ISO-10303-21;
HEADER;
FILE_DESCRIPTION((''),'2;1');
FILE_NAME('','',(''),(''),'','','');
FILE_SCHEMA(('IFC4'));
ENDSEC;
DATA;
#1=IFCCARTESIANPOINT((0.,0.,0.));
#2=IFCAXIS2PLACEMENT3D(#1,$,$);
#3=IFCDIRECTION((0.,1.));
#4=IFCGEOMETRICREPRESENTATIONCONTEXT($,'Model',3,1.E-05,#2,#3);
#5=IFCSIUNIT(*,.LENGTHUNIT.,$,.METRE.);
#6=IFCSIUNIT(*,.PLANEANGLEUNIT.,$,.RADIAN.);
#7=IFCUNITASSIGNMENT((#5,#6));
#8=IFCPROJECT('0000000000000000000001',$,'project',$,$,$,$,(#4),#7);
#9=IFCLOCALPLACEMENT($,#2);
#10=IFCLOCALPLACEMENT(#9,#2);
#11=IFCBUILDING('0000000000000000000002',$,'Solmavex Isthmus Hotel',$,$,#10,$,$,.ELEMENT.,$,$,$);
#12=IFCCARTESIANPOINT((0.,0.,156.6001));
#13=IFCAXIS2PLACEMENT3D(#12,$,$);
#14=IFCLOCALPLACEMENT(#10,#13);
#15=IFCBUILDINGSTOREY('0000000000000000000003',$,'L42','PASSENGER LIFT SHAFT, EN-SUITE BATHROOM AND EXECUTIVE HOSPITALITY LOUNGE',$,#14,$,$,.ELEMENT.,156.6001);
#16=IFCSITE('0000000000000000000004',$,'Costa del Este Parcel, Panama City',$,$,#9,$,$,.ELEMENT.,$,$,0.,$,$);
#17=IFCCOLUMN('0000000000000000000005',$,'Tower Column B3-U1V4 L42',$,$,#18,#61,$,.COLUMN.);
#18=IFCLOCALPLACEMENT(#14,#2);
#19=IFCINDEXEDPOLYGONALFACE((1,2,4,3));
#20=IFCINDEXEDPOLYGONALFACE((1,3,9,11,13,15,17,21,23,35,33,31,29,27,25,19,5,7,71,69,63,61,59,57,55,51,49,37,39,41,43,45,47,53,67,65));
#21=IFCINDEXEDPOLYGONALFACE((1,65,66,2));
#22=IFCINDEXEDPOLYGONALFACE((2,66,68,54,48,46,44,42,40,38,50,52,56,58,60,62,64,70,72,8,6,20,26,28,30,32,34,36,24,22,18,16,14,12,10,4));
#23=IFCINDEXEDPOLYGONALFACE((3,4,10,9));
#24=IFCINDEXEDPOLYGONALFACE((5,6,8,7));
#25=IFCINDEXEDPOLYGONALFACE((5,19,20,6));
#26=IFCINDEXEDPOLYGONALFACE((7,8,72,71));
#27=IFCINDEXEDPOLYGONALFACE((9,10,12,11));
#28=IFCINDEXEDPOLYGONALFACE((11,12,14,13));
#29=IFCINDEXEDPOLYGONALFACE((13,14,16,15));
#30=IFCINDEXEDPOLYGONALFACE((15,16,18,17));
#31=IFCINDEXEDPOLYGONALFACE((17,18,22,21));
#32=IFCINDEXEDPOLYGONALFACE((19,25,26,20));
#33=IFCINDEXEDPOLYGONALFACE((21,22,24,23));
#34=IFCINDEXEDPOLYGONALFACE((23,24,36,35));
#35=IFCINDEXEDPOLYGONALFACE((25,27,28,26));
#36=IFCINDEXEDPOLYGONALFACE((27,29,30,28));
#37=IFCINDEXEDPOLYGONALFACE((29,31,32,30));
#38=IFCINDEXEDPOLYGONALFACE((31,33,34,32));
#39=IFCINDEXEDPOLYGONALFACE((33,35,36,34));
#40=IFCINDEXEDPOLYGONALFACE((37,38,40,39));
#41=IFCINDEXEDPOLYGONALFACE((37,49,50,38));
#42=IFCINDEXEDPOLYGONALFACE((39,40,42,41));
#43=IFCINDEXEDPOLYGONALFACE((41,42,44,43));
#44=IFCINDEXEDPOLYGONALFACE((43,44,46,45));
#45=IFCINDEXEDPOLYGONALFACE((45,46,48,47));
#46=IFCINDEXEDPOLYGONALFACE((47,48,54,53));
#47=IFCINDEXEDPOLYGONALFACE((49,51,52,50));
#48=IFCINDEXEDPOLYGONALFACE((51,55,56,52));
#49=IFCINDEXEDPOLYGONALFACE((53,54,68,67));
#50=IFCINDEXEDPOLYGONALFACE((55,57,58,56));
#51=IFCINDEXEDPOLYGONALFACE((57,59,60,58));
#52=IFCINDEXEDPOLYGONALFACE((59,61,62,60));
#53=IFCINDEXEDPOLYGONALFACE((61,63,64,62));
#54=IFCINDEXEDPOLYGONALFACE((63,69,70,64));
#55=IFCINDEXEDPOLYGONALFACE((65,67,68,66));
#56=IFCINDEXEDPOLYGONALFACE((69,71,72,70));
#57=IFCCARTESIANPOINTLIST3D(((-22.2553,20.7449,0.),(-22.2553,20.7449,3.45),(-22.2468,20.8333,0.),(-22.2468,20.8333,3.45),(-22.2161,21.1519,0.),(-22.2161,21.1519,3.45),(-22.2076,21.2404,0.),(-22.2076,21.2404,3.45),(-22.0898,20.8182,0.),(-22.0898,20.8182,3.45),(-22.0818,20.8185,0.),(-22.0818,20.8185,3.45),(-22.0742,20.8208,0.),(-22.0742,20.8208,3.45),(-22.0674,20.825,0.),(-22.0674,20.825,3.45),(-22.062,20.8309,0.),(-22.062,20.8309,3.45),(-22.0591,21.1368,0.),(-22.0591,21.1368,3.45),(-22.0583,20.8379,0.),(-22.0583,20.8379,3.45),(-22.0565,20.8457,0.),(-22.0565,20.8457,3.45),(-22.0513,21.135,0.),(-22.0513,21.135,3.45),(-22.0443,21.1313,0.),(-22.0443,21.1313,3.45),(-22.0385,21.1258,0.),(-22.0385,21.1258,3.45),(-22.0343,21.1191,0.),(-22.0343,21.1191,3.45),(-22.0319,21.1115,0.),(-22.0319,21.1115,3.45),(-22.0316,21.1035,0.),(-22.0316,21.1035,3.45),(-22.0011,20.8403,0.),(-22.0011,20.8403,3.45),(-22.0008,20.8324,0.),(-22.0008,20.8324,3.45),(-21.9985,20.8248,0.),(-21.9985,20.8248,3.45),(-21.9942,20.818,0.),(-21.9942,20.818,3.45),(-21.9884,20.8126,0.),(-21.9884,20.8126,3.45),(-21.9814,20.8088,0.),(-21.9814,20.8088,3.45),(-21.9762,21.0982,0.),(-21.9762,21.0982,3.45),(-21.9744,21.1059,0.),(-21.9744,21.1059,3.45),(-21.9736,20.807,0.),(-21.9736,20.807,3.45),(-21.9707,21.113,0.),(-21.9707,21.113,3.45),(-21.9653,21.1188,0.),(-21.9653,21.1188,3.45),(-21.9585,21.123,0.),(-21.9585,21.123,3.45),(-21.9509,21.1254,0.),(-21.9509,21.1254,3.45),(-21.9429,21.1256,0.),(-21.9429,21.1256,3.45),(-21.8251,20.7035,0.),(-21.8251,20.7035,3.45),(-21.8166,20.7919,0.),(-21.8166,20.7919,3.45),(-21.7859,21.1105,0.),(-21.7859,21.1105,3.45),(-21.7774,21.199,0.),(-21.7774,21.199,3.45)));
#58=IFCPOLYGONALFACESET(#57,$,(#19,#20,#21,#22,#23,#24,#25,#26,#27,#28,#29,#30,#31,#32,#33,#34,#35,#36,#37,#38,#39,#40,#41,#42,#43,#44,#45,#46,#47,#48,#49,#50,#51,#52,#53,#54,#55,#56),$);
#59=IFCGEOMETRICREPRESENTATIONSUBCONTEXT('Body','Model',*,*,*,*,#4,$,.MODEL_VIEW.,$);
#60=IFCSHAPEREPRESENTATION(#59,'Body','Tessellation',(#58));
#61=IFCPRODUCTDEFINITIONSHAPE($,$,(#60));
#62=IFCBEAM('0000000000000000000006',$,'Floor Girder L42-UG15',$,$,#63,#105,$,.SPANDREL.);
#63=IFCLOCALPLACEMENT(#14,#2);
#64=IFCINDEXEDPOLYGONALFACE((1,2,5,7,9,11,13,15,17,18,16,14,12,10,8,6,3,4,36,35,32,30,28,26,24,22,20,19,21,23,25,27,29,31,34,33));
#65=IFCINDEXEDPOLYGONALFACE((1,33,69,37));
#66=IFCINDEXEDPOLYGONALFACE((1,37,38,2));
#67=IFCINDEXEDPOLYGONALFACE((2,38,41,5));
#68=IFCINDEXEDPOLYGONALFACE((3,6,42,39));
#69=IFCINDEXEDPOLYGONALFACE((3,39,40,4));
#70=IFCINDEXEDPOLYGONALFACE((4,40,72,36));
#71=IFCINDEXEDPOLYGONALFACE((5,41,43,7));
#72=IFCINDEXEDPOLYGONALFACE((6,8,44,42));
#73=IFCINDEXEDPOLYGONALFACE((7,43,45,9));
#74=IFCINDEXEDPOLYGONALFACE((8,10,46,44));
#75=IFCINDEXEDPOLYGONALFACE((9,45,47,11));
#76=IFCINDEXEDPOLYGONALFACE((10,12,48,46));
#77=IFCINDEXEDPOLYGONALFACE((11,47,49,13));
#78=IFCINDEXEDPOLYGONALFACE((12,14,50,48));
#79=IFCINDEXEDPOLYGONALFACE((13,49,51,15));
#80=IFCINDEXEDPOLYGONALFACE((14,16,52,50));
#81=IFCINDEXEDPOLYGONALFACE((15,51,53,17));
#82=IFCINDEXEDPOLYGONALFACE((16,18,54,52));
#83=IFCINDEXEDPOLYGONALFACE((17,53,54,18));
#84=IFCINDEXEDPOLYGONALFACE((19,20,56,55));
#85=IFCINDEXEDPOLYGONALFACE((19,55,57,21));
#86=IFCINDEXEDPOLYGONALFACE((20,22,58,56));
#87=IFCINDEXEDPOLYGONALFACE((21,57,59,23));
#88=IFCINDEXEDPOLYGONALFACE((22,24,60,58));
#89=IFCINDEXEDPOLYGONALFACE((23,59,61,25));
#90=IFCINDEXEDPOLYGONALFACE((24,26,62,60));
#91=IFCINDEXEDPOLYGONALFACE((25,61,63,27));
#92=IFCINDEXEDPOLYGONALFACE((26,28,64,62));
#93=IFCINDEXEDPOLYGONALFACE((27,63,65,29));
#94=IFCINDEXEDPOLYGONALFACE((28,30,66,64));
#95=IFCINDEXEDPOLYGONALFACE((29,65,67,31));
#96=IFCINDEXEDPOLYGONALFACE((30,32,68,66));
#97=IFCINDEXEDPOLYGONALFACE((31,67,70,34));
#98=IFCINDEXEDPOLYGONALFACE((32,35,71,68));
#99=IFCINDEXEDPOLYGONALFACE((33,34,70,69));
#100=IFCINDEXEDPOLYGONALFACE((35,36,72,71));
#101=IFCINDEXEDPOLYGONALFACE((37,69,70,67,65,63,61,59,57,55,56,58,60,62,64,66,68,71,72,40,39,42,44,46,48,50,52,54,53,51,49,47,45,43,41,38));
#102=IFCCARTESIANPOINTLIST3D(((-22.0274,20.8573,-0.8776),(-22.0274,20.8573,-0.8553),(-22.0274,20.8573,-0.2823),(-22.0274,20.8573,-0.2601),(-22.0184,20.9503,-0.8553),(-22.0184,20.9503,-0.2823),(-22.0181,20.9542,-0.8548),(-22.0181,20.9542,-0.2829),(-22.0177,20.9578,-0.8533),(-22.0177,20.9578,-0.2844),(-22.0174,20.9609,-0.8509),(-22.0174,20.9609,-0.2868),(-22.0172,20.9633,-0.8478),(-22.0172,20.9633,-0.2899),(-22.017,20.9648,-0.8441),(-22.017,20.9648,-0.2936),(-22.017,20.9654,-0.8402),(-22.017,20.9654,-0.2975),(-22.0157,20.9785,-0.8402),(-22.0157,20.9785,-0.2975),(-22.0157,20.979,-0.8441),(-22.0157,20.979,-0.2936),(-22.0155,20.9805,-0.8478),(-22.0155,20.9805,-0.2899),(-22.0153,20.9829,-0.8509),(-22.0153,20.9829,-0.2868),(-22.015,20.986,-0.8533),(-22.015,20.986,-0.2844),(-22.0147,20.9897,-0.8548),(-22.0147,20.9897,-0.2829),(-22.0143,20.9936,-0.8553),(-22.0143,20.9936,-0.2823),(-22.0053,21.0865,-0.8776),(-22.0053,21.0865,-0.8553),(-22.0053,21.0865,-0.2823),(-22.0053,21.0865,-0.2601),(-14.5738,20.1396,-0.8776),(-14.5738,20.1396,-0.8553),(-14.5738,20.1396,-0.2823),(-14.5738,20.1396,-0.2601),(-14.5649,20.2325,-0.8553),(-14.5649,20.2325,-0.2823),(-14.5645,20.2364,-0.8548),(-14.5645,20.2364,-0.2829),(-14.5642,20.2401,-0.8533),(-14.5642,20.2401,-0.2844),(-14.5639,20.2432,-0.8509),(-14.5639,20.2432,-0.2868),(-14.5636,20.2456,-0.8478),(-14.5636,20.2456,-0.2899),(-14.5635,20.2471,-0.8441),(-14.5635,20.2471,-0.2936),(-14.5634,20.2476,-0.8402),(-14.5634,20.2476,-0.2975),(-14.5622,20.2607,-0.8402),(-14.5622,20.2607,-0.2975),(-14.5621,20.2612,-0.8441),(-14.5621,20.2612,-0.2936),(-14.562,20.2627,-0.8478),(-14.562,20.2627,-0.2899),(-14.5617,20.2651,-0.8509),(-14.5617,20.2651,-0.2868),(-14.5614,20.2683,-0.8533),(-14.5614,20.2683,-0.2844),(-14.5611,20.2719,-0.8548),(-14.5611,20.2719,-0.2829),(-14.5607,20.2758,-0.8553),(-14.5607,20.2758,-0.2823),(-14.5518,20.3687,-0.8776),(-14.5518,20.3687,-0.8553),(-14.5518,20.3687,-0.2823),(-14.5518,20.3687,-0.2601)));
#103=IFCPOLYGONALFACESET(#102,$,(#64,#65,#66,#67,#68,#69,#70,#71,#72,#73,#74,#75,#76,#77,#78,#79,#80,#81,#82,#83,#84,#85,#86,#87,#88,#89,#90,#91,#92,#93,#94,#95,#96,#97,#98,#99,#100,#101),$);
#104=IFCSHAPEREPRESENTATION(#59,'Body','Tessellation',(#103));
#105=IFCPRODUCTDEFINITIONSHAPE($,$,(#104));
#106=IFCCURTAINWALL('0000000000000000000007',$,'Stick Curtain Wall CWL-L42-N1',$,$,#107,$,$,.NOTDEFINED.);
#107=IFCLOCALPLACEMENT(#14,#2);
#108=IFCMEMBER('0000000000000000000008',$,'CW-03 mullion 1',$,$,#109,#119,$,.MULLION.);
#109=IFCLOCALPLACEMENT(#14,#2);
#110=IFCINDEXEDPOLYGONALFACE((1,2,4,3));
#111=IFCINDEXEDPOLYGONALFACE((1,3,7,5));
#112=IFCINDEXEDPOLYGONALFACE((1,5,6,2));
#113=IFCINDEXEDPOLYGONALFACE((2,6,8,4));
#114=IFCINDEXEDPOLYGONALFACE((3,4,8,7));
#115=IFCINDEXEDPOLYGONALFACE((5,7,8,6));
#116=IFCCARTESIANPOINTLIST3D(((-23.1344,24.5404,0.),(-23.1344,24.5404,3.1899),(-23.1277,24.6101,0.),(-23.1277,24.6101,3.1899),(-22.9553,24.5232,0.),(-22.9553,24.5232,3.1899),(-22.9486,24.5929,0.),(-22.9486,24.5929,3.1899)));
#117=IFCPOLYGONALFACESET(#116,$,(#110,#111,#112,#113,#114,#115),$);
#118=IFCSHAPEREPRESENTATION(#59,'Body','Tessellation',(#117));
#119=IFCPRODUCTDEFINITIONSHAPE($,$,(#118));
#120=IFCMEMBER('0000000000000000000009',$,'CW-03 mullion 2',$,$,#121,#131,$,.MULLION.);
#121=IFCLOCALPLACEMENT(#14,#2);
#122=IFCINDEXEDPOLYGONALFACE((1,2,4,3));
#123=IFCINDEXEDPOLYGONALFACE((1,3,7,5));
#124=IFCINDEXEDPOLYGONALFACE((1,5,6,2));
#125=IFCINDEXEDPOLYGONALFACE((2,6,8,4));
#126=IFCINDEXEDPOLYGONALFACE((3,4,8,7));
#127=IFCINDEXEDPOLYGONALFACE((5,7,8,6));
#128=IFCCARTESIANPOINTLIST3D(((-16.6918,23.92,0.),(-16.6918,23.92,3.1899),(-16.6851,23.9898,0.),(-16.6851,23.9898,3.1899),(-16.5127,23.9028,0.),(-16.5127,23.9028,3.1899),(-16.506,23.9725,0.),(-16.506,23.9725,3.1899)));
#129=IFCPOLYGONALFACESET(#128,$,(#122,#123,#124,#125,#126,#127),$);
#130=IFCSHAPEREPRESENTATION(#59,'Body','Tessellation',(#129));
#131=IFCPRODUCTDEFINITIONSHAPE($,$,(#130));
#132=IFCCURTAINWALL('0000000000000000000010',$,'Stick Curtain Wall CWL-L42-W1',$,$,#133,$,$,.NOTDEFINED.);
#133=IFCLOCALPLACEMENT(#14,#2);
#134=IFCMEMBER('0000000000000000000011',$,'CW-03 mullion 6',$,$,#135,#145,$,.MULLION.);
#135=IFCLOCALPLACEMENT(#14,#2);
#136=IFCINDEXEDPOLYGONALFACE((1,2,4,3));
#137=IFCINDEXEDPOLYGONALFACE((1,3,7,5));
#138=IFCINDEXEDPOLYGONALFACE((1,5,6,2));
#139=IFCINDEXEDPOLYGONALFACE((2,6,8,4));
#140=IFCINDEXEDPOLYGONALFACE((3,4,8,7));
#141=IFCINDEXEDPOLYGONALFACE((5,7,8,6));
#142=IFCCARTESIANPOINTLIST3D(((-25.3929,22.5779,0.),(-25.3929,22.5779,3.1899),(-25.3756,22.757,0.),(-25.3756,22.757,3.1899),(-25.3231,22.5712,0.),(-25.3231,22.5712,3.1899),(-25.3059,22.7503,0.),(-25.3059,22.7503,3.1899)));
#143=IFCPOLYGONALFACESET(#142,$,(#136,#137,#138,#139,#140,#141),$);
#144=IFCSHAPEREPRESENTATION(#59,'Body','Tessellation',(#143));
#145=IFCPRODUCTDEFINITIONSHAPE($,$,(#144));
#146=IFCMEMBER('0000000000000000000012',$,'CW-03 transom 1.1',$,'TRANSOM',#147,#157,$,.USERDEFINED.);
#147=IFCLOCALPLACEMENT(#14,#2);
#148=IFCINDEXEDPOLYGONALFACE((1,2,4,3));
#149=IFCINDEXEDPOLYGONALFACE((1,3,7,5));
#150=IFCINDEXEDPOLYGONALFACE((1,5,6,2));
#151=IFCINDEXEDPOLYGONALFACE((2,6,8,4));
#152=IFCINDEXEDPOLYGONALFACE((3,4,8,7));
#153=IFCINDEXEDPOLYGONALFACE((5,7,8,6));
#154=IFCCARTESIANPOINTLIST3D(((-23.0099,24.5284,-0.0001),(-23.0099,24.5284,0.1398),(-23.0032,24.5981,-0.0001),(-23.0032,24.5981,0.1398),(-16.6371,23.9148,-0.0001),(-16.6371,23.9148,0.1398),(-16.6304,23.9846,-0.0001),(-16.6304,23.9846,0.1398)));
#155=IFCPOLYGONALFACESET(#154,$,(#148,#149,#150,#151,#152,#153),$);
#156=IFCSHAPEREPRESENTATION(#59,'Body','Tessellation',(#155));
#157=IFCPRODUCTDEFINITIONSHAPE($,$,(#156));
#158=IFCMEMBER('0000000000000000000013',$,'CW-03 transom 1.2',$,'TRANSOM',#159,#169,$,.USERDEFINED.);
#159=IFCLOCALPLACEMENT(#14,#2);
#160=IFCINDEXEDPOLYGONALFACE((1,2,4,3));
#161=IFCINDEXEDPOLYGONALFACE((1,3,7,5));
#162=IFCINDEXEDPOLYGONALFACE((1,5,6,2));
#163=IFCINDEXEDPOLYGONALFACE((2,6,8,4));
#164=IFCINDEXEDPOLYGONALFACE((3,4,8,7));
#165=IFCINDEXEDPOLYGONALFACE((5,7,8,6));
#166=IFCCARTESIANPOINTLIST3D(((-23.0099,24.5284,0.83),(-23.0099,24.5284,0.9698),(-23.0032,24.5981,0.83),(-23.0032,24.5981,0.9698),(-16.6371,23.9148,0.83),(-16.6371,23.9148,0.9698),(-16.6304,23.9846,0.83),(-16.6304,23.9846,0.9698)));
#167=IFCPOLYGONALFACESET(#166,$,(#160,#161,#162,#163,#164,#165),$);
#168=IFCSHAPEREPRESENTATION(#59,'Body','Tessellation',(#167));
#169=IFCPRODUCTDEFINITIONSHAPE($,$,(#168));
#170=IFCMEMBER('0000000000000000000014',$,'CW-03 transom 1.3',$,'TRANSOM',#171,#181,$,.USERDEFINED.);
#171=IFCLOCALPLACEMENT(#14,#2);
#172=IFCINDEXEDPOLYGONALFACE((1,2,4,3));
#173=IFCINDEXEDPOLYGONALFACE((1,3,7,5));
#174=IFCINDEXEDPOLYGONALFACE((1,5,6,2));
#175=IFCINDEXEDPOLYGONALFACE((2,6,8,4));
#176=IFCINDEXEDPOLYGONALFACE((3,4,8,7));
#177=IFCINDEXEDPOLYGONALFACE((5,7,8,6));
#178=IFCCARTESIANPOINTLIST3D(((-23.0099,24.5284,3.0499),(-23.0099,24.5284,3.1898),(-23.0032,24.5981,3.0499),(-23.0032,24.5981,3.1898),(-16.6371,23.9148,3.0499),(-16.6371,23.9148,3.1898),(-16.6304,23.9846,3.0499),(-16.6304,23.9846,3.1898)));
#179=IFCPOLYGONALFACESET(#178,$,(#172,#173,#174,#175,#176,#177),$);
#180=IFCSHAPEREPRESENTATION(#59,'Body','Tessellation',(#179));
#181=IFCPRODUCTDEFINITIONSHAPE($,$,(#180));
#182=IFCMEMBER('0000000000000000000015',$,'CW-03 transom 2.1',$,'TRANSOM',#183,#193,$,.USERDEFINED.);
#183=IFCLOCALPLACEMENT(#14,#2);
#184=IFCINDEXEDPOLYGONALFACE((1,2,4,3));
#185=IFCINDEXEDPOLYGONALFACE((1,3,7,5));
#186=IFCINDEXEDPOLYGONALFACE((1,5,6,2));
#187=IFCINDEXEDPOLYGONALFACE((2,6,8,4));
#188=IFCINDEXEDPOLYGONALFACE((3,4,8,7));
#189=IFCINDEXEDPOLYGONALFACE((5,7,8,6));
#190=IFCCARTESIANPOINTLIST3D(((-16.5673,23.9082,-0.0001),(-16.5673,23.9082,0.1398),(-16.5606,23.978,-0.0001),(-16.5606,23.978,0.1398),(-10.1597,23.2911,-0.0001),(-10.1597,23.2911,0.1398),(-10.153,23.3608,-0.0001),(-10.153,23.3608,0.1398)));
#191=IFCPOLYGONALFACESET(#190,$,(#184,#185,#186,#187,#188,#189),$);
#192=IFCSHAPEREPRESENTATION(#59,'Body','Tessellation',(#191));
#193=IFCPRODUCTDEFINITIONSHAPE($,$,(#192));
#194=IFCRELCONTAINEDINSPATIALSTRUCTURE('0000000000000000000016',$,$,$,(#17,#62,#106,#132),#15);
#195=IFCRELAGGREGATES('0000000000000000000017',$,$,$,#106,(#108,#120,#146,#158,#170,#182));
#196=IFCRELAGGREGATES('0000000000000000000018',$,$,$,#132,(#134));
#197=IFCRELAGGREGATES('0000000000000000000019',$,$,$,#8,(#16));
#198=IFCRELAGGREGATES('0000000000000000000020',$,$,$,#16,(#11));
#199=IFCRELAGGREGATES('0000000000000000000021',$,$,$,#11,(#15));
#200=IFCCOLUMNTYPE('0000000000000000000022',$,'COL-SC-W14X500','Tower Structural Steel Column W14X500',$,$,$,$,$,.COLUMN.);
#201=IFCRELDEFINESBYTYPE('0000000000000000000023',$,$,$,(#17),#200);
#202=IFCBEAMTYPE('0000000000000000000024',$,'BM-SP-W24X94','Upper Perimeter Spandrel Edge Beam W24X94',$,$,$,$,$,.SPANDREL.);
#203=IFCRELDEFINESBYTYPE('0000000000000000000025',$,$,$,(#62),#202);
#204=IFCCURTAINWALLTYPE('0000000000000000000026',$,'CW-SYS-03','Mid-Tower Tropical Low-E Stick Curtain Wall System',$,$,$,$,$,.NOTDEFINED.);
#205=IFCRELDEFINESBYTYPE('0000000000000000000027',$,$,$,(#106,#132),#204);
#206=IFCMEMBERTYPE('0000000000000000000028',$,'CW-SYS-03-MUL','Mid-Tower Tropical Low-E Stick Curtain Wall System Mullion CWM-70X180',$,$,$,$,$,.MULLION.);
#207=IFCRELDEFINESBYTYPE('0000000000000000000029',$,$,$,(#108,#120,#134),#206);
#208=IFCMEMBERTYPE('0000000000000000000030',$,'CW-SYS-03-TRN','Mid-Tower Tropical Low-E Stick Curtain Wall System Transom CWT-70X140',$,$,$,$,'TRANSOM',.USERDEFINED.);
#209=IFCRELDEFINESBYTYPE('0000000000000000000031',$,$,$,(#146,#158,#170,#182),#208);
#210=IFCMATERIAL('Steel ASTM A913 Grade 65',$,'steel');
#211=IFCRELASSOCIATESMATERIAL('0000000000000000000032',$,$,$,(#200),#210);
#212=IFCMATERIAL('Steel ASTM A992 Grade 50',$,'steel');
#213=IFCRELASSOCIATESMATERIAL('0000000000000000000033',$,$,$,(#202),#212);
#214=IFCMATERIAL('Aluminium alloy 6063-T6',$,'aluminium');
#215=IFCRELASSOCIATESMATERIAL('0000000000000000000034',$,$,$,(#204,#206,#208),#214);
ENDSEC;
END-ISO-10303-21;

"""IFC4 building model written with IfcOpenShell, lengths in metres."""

from ifc_helpers import new_model, si_unit, direction, frame, origin, origin_2d, place, context, subcontext, project, spatial, rectangle, i_section, extrude, material, material_profile, profile_set, type_object, element, aggregate, save


model = new_model("IFC4")

# Units and contexts
model_context = context("Model", 3, precision=1e-05, world=origin(), true_north=direction((0.0, 1.0)))
body_context = subcontext(model_context, "Body", "Model", "MODEL_VIEW")
ifc_project = project(units=[si_unit("LENGTHUNIT", "METRE"), si_unit("PLANEANGLEUNIT", "RADIAN")], contexts=[model_context])

# Site, building, storey
site_placement = place(None, origin())
site = spatial("IfcSite", under=ifc_project, at=site_placement, Name="Costa del Este Parcel, Panama City", CompositionType="ELEMENT", RefElevation=0.0)
building_placement = place(site_placement, origin())
building = spatial("IfcBuilding", under=site, at=building_placement, Name="Solmavex Isthmus Hotel", CompositionType="ELEMENT")
storey_placement = place(building_placement, frame((0.0, 0.0, 156.6001)))
storey = spatial("IfcBuildingStorey", under=building, at=storey_placement, Name="L42", Description="PASSENGER LIFT SHAFT, EN-SUITE BATHROOM AND EXECUTIVE HOSPITALITY LOUNGE", CompositionType="ELEMENT", Elevation=156.6001)

# Column
ifc_material_1 = material(Name="Steel ASTM A913 Grade 65", Category="steel")
ifc_material_profile_1 = material_profile(ifc_material_1, i_section(OverallWidth=0.4321, OverallDepth=0.4978, WebThickness=0.0557, FlangeThickness=0.0889, FilletRadius=0.0305, at=origin_2d()), Name="W14X500")
ifc_profile_set_1 = profile_set([ifc_material_profile_1], Name="Steel ASTM A913 Grade 65")
column_type = type_object("IfcColumnType", Name="COL-SC-W14X500", Description="Tower Structural Steel Column W14X500", PredefinedType="COLUMN", material=ifc_profile_set_1)
column_placement = place(storey_placement, frame((-22.0164, 20.9719, 0.0), z_axis=(0.0, 0.0, 1.0), x_axis=(0.995396, -0.095846, 0.0)))
element("IfcColumn", 1, at=column_placement, inside=storey, type_object=column_type, Name="Tower Column B3-U1V4 L42", PredefinedType="COLUMN", context=body_context, shape_type="SweptSolid", body=[
    extrude(i_section(OverallWidth=0.4321, OverallDepth=0.4978, WebThickness=0.0557, FlangeThickness=0.0889, FilletRadius=0.0305, at=origin_2d()), origin(), (0.0, 0.0, 1.0), 3.45),
])

# Beam
ifc_material_2 = material(Name="Steel ASTM A992 Grade 50", Category="steel")
ifc_material_profile_2 = material_profile(ifc_material_2, i_section(OverallWidth=0.2302, OverallDepth=0.6174, WebThickness=0.0132, FlangeThickness=0.0222, FilletRadius=0.0151, at=origin_2d()), Name="W24X94")
ifc_profile_set_2 = profile_set([ifc_material_profile_2], Name="Steel ASTM A992 Grade 50")
beam_type = type_object("IfcBeamType", Name="BM-SP-W24X94", Description="Upper Perimeter Spandrel Edge Beam W24X94", PredefinedType="SPANDREL", material=ifc_profile_set_2)
beam_placement = place(storey_placement, frame((-22.0164, 20.9719, -0.5688), z_axis=(0.995395, -0.095855, 0.0), x_axis=(0.095855, 0.995395, 0.0)))
element("IfcBeam", 2, at=beam_placement, inside=storey, type_object=beam_type, Name="Floor Girder L42-UG15", PredefinedType="SPANDREL", context=body_context, shape_type="SweptSolid", body=[
    extrude(i_section(OverallWidth=0.2302, OverallDepth=0.6174, WebThickness=0.0132, FlangeThickness=0.0222, FilletRadius=0.0151, at=origin_2d()), origin(), (0.0, 0.0, 1.0), 7.488),
])

# Curtain wall, members
ifc_material_3 = material(Name="Aluminium alloy 6063-T6", Category="aluminium")
curtain_wall_type = type_object("IfcCurtainWallType", Name="CW-SYS-03", Description="Mid-Tower Tropical Low-E Stick Curtain Wall System", PredefinedType="NOTDEFINED", material=ifc_material_3)
curtain_wall_1_placement = place(storey_placement, origin())
curtain_wall_1 = element("IfcCurtainWall", 3, at=curtain_wall_1_placement, inside=storey, type_object=curtain_wall_type, Name="Stick Curtain Wall CWL-L42-N1", PredefinedType="NOTDEFINED")
ifc_material_profile_3 = material_profile(ifc_material_3, rectangle(XDim=0.0701, YDim=0.1799, at=origin_2d()), Name="CWM-70X180")
ifc_profile_set_3 = profile_set([ifc_material_profile_3], Name="Aluminium alloy 6063-T6")
member_type_1 = type_object("IfcMemberType", Name="CW-SYS-03-MUL", Description="Mid-Tower Tropical Low-E Stick Curtain Wall System Mullion CWM-70X180", PredefinedType="MULLION", material=ifc_profile_set_3)
member_1_placement = place(storey_placement, frame((-23.0415, 24.5667, 0.0), z_axis=(0.0, 0.0, 1.0), x_axis=(0.095846, 0.995396, 0.0)))
member_1 = element("IfcMember", 4, at=member_1_placement, type_object=member_type_1, Name="CW-03 mullion 1", PredefinedType="MULLION", context=body_context, shape_type="SweptSolid", body=[
    extrude(rectangle(XDim=0.0701, YDim=0.1799, at=origin_2d()), origin(), (0.0, 0.0, 1.0), 3.1899),
])
member_2_placement = place(storey_placement, frame((-16.5989, 23.9463, 0.0), z_axis=(0.0, 0.0, 1.0), x_axis=(0.095846, 0.995396, 0.0)))
member_2 = element("IfcMember", 5, at=member_2_placement, type_object=member_type_1, Name="CW-03 mullion 2", PredefinedType="MULLION", context=body_context, shape_type="SweptSolid", body=[
    extrude(rectangle(XDim=0.0701, YDim=0.1799, at=origin_2d()), origin(), (0.0, 0.0, 1.0), 3.1899),
])

# Curtain wall, member
curtain_wall_2_placement = place(storey_placement, origin())
curtain_wall_2 = element("IfcCurtainWall", 6, at=curtain_wall_2_placement, inside=storey, type_object=curtain_wall_type, Name="Stick Curtain Wall CWL-L42-W1", PredefinedType="NOTDEFINED")
member_3_placement = place(storey_placement, frame((-25.3494, 22.6641, 0.0), z_axis=(0.0, 0.0, 1.0), x_axis=(-0.995396, 0.095846, 0.0)))
member_3 = element("IfcMember", 7, at=member_3_placement, type_object=member_type_1, Name="CW-03 mullion 6", PredefinedType="MULLION", context=body_context, shape_type="SweptSolid", body=[
    extrude(rectangle(XDim=0.0701, YDim=0.1799, at=origin_2d()), origin(), (0.0, 0.0, 1.0), 3.1899),
])

# Members
ifc_material_profile_4 = material_profile(ifc_material_3, rectangle(XDim=0.0701, YDim=0.1399, at=origin_2d()), Name="CWT-70X140")
ifc_profile_set_4 = profile_set([ifc_material_profile_4], Name="Aluminium alloy 6063-T6")
member_type_2 = type_object("IfcMemberType", Name="CW-SYS-03-TRN", Description="Mid-Tower Tropical Low-E Stick Curtain Wall System Transom CWT-70X140", ElementType="TRANSOM", PredefinedType="USERDEFINED", material=ifc_profile_set_4)
member_4_placement = place(storey_placement, frame((-23.0066, 24.5632, 0.0698), z_axis=(0.995398, -0.095829, 0.0), x_axis=(0.095829, 0.995398, 0.0)))
member_4 = element("IfcMember", 8, at=member_4_placement, type_object=member_type_2, Name="CW-03 transom 1.1", ObjectType="TRANSOM", PredefinedType="USERDEFINED", context=body_context, shape_type="SweptSolid", body=[
    extrude(rectangle(XDim=0.0701, YDim=0.1399, at=origin_2d()), origin(), (0.0, 0.0, 1.0), 6.4023),
])
member_5_placement = place(storey_placement, frame((-23.0066, 24.5632, 0.8999), z_axis=(0.995398, -0.095829, 0.0), x_axis=(0.095829, 0.995398, 0.0)))
member_5 = element("IfcMember", 9, at=member_5_placement, type_object=member_type_2, Name="CW-03 transom 1.2", ObjectType="TRANSOM", PredefinedType="USERDEFINED", context=body_context, shape_type="SweptSolid", body=[
    extrude(rectangle(XDim=0.0701, YDim=0.1399, at=origin_2d()), origin(), (0.0, 0.0, 1.0), 6.4023),
])
member_6_placement = place(storey_placement, frame((-23.0066, 24.5632, 3.1199), z_axis=(0.995398, -0.095829, 0.0), x_axis=(0.095829, 0.995398, 0.0)))
member_6 = element("IfcMember", 10, at=member_6_placement, type_object=member_type_2, Name="CW-03 transom 1.3", ObjectType="TRANSOM", PredefinedType="USERDEFINED", context=body_context, shape_type="SweptSolid", body=[
    extrude(rectangle(XDim=0.0701, YDim=0.1399, at=origin_2d()), origin(), (0.0, 0.0, 1.0), 6.4023),
])
member_7_placement = place(storey_placement, frame((-16.564, 23.9431, 0.0698), z_axis=(0.995393, -0.095876, 0.0), x_axis=(0.095876, 0.995393, 0.0)))
member_7 = element("IfcMember", 11, at=member_7_placement, type_object=member_type_2, Name="CW-03 transom 2.1", ObjectType="TRANSOM", PredefinedType="USERDEFINED", context=body_context, shape_type="SweptSolid", body=[
    extrude(rectangle(XDim=0.0701, YDim=0.1399, at=origin_2d()), origin(), (0.0, 0.0, 1.0), 6.4373),
])

aggregate(curtain_wall_1, [member_1, member_2, member_4, member_5, member_6, member_7])
aggregate(curtain_wall_2, [member_3])

save(model, "model.ifc")
